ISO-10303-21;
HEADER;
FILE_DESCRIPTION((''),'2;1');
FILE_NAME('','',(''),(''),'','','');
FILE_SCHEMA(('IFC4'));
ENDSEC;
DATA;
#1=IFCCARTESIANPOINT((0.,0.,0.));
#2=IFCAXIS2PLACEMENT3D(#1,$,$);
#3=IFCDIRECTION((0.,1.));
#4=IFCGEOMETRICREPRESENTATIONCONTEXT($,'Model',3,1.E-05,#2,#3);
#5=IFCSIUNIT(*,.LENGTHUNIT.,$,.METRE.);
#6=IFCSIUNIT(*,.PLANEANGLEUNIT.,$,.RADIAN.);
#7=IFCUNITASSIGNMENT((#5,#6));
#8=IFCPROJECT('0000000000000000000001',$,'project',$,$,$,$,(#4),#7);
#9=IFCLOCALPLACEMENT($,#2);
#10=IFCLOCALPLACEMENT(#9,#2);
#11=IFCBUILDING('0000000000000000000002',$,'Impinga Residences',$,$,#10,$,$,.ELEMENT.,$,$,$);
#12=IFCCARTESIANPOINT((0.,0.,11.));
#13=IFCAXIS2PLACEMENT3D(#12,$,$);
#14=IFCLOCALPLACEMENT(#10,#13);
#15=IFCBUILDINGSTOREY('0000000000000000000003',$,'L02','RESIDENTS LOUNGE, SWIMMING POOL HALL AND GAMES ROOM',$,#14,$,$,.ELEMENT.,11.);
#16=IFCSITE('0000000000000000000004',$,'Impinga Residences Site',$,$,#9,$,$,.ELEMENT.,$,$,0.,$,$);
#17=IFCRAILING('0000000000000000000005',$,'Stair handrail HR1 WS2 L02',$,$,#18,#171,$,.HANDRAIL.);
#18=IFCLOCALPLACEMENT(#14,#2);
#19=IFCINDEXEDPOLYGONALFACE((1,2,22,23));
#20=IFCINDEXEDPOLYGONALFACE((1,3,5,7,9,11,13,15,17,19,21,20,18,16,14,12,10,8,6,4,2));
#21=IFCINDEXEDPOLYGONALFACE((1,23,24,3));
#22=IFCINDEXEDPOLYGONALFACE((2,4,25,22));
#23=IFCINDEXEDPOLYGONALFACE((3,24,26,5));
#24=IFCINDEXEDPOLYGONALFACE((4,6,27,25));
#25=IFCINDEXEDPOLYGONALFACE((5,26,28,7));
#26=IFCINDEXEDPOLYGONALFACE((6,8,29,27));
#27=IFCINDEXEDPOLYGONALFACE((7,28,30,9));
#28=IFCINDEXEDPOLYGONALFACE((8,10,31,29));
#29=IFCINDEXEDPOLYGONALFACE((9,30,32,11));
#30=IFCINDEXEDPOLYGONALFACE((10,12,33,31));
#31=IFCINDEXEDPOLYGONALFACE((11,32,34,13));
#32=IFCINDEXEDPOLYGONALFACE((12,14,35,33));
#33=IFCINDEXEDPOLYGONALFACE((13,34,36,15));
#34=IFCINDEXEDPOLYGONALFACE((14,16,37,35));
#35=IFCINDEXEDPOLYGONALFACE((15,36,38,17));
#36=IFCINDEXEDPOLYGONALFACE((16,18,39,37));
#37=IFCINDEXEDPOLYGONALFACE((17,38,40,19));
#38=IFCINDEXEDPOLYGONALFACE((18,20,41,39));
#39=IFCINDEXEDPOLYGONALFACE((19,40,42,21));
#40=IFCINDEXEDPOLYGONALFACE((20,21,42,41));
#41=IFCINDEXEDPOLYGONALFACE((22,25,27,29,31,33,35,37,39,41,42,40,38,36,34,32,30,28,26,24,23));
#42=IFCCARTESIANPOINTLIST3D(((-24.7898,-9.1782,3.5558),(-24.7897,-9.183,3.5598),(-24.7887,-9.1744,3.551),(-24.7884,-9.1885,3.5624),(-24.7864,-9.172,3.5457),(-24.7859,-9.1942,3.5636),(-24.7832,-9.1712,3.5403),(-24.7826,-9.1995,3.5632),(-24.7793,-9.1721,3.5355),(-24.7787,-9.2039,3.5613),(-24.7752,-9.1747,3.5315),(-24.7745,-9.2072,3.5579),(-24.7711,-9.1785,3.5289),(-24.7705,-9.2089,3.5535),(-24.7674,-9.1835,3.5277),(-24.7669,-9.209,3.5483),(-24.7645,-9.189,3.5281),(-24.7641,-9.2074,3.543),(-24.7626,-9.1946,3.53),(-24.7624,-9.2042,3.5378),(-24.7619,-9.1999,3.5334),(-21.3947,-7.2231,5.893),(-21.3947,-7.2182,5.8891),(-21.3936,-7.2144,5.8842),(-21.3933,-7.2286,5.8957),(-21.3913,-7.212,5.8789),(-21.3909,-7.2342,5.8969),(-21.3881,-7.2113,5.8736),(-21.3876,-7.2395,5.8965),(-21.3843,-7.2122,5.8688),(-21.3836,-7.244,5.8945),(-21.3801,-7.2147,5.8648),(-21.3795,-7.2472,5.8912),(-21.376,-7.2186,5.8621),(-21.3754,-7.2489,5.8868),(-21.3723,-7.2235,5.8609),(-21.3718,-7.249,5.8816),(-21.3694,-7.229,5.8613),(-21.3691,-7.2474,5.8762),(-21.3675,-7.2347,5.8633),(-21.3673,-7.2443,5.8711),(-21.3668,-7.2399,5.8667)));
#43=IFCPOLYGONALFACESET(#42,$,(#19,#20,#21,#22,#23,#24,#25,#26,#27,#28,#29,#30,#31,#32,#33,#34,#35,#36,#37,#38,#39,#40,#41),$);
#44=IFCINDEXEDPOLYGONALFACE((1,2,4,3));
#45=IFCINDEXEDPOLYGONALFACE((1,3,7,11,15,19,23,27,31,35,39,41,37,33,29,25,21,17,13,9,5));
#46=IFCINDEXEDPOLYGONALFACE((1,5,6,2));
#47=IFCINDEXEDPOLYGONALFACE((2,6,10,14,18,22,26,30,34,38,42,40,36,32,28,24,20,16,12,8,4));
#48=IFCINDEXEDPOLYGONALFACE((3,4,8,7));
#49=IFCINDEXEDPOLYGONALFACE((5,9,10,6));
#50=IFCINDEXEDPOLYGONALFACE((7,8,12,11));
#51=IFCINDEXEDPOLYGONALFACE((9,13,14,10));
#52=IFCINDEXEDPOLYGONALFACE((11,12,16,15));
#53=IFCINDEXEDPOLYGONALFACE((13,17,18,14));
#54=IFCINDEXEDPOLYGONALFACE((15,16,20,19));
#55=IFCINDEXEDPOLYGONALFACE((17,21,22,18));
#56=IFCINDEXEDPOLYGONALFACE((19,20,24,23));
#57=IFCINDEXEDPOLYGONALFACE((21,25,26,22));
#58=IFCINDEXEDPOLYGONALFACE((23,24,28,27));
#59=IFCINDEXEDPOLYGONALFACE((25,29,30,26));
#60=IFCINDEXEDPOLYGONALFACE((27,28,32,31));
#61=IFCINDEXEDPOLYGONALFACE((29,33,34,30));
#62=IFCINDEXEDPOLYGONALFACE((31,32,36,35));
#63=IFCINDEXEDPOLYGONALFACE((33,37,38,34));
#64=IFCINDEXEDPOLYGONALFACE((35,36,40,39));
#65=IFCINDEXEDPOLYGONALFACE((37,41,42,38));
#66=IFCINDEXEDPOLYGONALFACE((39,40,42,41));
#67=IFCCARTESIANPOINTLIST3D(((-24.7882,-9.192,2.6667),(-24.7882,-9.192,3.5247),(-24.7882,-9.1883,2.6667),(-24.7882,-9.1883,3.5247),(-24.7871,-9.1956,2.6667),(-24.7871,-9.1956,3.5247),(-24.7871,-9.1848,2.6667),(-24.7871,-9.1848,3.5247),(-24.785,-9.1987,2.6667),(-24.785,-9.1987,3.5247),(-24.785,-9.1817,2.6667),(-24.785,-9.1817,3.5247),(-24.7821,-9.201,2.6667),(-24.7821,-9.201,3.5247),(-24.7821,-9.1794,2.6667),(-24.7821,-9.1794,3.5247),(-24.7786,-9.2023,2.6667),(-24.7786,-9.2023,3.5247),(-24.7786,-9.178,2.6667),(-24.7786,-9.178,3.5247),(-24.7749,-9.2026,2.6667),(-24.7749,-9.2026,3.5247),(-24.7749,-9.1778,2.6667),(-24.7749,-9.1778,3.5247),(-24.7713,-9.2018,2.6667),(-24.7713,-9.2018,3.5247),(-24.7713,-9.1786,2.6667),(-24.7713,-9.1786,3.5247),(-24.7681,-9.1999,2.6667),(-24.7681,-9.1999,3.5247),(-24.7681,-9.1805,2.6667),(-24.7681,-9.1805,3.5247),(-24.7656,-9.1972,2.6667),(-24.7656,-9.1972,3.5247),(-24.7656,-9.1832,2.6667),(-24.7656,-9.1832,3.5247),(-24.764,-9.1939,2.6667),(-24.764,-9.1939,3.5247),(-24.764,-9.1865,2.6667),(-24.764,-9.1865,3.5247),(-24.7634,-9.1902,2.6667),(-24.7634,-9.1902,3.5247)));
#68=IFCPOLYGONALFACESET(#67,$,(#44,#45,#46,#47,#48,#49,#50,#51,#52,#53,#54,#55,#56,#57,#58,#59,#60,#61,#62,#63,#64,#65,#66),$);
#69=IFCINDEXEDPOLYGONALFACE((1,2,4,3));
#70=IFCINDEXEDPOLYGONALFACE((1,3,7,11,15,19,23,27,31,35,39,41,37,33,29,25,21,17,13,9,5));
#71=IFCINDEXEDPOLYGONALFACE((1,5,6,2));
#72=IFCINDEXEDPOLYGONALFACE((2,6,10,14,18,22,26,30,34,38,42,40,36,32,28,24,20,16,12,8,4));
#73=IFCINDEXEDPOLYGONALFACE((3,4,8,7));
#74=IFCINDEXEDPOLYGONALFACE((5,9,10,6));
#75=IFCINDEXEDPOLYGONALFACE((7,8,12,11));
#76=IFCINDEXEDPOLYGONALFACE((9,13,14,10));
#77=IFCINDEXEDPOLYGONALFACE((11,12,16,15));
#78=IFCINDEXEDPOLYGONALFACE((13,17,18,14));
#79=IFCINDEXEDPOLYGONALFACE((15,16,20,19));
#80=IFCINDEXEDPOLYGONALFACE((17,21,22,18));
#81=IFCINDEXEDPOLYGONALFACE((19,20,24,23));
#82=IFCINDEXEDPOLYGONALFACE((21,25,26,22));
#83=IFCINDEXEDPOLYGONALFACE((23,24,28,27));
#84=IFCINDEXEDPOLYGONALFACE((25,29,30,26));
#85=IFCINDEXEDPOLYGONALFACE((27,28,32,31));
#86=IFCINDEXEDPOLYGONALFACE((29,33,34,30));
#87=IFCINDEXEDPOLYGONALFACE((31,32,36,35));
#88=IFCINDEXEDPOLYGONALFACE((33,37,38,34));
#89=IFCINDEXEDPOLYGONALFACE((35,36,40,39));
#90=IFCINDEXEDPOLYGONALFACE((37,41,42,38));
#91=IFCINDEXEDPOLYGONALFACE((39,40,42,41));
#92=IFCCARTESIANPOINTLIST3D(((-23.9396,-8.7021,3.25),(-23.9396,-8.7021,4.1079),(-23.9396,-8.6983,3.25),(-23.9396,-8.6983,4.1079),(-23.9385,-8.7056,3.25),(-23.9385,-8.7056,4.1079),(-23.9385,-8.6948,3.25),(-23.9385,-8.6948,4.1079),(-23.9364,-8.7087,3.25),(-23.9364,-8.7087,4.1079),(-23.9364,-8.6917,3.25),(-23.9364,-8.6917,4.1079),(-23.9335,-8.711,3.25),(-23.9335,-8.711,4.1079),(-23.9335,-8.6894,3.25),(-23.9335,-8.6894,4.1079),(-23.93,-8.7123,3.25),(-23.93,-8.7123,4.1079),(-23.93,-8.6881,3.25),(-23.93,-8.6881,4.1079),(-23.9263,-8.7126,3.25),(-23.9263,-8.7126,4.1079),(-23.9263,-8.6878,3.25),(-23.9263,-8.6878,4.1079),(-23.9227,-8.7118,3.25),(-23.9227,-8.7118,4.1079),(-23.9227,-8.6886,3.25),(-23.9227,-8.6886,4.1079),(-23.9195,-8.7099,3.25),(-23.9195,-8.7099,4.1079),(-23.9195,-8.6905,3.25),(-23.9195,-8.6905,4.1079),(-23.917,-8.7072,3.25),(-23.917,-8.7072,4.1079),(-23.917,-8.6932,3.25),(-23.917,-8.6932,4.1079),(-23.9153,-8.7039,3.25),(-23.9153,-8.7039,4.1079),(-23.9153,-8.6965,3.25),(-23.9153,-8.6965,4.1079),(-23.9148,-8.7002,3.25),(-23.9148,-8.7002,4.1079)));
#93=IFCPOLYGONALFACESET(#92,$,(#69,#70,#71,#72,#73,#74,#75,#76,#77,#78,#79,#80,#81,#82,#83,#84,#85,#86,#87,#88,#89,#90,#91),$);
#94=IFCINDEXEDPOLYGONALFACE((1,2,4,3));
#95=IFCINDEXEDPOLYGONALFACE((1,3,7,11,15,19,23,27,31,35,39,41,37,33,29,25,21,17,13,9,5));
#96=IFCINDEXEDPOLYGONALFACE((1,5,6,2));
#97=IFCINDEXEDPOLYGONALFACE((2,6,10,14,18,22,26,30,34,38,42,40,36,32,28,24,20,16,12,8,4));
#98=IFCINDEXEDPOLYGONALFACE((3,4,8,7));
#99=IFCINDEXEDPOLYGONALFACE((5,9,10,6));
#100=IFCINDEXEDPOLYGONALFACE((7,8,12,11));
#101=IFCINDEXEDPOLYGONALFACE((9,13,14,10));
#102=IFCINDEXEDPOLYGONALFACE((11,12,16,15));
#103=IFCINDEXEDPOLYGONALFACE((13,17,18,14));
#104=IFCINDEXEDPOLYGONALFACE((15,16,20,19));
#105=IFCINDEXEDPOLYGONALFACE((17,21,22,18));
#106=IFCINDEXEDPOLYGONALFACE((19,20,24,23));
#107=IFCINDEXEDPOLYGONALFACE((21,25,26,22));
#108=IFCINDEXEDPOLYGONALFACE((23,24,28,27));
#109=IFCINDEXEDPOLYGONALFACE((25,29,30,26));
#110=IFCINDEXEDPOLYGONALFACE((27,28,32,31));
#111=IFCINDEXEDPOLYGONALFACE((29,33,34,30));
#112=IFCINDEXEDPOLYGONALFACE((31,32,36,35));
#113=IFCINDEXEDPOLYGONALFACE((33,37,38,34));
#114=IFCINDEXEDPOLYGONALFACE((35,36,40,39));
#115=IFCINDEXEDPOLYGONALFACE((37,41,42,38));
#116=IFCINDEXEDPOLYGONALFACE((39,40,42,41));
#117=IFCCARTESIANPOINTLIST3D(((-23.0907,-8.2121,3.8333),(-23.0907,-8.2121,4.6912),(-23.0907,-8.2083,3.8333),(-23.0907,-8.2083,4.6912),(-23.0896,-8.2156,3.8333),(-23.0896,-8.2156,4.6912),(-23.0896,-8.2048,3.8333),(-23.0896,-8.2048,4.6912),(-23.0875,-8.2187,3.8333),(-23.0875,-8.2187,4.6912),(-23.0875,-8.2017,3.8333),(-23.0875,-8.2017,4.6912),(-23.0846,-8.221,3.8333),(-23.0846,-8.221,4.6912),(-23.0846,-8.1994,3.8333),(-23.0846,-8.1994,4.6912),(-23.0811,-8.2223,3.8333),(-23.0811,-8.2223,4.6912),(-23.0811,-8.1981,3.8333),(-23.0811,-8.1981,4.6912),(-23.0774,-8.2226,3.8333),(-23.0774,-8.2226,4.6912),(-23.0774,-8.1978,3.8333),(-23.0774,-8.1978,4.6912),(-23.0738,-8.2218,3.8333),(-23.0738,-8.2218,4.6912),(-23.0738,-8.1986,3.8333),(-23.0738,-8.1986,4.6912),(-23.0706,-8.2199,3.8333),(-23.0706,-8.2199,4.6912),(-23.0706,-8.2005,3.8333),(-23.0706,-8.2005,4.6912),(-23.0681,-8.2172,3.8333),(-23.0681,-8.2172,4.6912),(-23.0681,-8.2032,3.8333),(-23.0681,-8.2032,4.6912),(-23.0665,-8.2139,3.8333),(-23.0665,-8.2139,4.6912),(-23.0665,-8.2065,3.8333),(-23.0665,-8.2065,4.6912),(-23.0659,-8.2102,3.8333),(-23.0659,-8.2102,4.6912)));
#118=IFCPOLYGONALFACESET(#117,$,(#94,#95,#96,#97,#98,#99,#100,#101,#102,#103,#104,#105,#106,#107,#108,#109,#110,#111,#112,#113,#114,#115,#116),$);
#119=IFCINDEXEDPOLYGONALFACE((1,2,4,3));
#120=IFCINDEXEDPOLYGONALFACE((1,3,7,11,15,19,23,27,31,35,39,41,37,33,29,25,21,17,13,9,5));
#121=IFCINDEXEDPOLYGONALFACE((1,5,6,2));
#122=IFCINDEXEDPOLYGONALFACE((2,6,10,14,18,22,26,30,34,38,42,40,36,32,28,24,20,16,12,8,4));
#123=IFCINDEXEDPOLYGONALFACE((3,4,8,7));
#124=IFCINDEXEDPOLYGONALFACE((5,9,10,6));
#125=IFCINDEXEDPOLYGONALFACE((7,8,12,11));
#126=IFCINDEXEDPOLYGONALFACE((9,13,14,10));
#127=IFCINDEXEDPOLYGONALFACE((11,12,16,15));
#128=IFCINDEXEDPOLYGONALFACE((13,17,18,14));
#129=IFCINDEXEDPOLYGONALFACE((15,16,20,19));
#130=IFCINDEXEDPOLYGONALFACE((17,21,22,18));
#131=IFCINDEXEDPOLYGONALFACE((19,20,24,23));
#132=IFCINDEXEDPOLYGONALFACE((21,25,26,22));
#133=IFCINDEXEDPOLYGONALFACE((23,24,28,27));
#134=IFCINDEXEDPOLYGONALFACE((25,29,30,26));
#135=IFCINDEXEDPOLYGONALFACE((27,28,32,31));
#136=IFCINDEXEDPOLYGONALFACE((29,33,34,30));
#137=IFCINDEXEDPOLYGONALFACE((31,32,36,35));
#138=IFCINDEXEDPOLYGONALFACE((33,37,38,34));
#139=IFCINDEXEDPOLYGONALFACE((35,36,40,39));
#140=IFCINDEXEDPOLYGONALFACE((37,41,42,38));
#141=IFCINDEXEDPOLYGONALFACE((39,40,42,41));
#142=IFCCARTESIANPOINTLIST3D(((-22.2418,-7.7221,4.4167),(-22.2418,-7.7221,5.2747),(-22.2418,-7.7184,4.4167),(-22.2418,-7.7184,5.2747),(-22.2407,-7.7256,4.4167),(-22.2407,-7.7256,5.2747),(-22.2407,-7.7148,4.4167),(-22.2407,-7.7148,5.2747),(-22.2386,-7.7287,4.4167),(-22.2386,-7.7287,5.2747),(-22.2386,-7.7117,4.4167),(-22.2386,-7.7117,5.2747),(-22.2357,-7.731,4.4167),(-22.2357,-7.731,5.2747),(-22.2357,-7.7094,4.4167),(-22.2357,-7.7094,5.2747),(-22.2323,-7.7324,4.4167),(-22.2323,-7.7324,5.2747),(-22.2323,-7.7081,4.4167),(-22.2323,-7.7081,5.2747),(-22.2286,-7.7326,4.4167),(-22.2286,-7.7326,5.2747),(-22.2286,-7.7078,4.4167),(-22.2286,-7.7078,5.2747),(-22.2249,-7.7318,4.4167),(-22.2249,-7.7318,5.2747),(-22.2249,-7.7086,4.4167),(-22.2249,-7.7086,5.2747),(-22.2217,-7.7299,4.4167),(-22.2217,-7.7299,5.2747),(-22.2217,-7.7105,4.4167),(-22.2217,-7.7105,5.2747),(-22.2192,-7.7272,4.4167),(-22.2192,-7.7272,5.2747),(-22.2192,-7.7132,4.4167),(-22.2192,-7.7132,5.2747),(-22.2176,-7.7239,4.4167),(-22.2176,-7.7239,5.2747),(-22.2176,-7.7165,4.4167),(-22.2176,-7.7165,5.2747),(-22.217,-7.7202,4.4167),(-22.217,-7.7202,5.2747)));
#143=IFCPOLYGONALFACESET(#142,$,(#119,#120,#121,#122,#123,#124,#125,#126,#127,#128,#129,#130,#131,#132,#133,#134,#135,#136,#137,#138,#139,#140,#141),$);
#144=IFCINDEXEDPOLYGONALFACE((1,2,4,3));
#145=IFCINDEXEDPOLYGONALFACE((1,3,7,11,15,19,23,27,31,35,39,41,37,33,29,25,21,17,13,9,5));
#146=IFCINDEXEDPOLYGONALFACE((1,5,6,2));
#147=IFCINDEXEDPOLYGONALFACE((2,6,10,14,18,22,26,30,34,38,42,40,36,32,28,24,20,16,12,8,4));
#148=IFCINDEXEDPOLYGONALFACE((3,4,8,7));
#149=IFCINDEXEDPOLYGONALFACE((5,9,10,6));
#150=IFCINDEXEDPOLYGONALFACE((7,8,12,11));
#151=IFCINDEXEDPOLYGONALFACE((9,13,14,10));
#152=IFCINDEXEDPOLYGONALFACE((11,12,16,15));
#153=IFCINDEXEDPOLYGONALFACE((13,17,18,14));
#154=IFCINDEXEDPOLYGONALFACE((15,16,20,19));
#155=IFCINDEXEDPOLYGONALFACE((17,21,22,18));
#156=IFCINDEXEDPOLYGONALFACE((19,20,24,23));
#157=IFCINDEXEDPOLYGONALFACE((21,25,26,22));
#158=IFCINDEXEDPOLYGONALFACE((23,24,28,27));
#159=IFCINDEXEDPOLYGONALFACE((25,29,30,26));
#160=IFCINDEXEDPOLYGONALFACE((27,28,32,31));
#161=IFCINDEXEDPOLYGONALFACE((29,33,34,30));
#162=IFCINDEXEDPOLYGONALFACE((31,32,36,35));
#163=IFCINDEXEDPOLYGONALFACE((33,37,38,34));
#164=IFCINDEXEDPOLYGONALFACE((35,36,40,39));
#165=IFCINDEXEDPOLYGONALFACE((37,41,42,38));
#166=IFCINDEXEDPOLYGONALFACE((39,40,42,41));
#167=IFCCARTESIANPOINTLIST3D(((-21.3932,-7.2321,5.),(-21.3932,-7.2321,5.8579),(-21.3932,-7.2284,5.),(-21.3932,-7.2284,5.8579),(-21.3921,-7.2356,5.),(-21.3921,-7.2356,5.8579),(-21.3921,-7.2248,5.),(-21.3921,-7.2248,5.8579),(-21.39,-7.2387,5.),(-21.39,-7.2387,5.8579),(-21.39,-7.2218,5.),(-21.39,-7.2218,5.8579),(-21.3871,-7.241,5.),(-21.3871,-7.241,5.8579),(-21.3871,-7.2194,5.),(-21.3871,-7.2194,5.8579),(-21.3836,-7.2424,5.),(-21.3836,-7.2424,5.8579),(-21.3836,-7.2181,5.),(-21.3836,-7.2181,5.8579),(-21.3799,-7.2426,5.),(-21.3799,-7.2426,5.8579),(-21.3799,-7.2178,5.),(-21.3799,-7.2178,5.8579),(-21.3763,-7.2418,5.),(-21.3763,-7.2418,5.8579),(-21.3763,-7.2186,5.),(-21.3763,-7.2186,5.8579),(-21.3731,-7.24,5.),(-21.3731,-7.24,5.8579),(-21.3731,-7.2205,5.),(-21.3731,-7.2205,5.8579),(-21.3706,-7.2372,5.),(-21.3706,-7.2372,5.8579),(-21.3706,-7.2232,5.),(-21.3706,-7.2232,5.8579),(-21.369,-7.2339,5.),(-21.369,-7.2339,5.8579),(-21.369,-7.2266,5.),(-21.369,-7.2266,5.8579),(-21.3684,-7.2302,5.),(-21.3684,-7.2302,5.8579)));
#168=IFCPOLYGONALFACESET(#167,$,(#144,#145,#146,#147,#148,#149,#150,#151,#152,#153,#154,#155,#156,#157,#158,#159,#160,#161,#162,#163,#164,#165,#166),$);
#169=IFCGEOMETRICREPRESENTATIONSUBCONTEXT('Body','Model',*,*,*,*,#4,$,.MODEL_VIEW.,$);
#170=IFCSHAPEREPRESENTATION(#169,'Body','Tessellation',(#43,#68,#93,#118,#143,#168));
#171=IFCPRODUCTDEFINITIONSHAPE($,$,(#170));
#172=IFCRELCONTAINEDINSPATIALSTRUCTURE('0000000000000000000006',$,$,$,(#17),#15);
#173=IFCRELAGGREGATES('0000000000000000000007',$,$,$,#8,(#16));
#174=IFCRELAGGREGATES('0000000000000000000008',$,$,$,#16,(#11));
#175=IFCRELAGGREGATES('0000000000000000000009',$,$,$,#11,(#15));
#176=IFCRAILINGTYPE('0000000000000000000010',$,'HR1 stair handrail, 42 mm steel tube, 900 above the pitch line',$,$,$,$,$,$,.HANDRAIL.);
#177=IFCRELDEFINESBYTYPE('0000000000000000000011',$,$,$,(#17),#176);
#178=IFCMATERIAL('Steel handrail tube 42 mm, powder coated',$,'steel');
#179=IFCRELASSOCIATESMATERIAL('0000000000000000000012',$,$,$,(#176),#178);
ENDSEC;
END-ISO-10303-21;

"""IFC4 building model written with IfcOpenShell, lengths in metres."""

from ifc_helpers import new_model, si_unit, direction, frame, origin, origin_2d, place, context, subcontext, project, spatial, circle, extrude, material, type_object, element, save


model = new_model("IFC4")

# Units and contexts
model_context = context("Model", 3, precision=1e-05, world=origin(), true_north=direction((0.0, 1.0)))
body_context = subcontext(model_context, "Body", "Model", "MODEL_VIEW")
ifc_project = project(units=[si_unit("LENGTHUNIT", "METRE"), si_unit("PLANEANGLEUNIT", "RADIAN")], contexts=[model_context])

# Site, building, storey
site_placement = place(None, origin())
site = spatial("IfcSite", under=ifc_project, at=site_placement, Name="Impinga Residences Site", CompositionType="ELEMENT", RefElevation=0.0)
building_placement = place(site_placement, origin())
building = spatial("IfcBuilding", under=site, at=building_placement, Name="Impinga Residences", CompositionType="ELEMENT")
storey_placement = place(building_placement, frame((0.0, 0.0, 11.0)))
storey = spatial("IfcBuildingStorey", under=building, at=storey_placement, Name="L02", Description="RESIDENTS LOUNGE, SWIMMING POOL HALL AND GAMES ROOM", CompositionType="ELEMENT", Elevation=11.0)

# Railing
ifc_material_1 = material(Name="Steel handrail tube 42 mm, powder coated", Category="steel")
railing_type_1 = type_object("IfcRailingType", Name="HR1 stair handrail, 42 mm steel tube, 900 above the pitch line", PredefinedType="HANDRAIL", material=ifc_material_1)
railing_1_placement = place(storey_placement, frame((-24.7759, -9.1902, 2.6667)))
element("IfcRailing", 1, at=railing_1_placement, inside=storey, type_object=railing_type_1, Name="Stair handrail HR1 WS2 L02", PredefinedType="HANDRAIL", context=body_context, shape_type="SweptSolid", body=[
    extrude(circle(Radius=0.021, at=origin_2d()), frame((0.0, 0.0, 0.8789), z_axis=(0.744199, 0.429629, 0.511456), x_axis=(-0.49997, 0.866042, 0.0)), (0.0, 0.0, 1.0), 4.562),
    extrude(circle(Radius=0.0125, at=origin_2d()), origin(), (0.0, 0.0, 1.0), 0.8579),
    extrude(circle(Radius=0.0125, at=origin_2d()), frame((0.8486, 0.49, 0.5833)), (0.0, 0.0, 1.0), 0.8579),
    extrude(circle(Radius=0.0125, at=origin_2d()), frame((1.6975, 0.98, 1.1665)), (0.0, 0.0, 1.0), 0.8579),
    extrude(circle(Radius=0.0125, at=origin_2d()), frame((2.5464, 1.47, 1.75)), (0.0, 0.0, 1.0), 0.8579),
    extrude(circle(Radius=0.0125, at=origin_2d()), frame((3.395, 1.96, 2.3333)), (0.0, 0.0, 1.0), 0.8579),
])

save(model, "model.ifc")
